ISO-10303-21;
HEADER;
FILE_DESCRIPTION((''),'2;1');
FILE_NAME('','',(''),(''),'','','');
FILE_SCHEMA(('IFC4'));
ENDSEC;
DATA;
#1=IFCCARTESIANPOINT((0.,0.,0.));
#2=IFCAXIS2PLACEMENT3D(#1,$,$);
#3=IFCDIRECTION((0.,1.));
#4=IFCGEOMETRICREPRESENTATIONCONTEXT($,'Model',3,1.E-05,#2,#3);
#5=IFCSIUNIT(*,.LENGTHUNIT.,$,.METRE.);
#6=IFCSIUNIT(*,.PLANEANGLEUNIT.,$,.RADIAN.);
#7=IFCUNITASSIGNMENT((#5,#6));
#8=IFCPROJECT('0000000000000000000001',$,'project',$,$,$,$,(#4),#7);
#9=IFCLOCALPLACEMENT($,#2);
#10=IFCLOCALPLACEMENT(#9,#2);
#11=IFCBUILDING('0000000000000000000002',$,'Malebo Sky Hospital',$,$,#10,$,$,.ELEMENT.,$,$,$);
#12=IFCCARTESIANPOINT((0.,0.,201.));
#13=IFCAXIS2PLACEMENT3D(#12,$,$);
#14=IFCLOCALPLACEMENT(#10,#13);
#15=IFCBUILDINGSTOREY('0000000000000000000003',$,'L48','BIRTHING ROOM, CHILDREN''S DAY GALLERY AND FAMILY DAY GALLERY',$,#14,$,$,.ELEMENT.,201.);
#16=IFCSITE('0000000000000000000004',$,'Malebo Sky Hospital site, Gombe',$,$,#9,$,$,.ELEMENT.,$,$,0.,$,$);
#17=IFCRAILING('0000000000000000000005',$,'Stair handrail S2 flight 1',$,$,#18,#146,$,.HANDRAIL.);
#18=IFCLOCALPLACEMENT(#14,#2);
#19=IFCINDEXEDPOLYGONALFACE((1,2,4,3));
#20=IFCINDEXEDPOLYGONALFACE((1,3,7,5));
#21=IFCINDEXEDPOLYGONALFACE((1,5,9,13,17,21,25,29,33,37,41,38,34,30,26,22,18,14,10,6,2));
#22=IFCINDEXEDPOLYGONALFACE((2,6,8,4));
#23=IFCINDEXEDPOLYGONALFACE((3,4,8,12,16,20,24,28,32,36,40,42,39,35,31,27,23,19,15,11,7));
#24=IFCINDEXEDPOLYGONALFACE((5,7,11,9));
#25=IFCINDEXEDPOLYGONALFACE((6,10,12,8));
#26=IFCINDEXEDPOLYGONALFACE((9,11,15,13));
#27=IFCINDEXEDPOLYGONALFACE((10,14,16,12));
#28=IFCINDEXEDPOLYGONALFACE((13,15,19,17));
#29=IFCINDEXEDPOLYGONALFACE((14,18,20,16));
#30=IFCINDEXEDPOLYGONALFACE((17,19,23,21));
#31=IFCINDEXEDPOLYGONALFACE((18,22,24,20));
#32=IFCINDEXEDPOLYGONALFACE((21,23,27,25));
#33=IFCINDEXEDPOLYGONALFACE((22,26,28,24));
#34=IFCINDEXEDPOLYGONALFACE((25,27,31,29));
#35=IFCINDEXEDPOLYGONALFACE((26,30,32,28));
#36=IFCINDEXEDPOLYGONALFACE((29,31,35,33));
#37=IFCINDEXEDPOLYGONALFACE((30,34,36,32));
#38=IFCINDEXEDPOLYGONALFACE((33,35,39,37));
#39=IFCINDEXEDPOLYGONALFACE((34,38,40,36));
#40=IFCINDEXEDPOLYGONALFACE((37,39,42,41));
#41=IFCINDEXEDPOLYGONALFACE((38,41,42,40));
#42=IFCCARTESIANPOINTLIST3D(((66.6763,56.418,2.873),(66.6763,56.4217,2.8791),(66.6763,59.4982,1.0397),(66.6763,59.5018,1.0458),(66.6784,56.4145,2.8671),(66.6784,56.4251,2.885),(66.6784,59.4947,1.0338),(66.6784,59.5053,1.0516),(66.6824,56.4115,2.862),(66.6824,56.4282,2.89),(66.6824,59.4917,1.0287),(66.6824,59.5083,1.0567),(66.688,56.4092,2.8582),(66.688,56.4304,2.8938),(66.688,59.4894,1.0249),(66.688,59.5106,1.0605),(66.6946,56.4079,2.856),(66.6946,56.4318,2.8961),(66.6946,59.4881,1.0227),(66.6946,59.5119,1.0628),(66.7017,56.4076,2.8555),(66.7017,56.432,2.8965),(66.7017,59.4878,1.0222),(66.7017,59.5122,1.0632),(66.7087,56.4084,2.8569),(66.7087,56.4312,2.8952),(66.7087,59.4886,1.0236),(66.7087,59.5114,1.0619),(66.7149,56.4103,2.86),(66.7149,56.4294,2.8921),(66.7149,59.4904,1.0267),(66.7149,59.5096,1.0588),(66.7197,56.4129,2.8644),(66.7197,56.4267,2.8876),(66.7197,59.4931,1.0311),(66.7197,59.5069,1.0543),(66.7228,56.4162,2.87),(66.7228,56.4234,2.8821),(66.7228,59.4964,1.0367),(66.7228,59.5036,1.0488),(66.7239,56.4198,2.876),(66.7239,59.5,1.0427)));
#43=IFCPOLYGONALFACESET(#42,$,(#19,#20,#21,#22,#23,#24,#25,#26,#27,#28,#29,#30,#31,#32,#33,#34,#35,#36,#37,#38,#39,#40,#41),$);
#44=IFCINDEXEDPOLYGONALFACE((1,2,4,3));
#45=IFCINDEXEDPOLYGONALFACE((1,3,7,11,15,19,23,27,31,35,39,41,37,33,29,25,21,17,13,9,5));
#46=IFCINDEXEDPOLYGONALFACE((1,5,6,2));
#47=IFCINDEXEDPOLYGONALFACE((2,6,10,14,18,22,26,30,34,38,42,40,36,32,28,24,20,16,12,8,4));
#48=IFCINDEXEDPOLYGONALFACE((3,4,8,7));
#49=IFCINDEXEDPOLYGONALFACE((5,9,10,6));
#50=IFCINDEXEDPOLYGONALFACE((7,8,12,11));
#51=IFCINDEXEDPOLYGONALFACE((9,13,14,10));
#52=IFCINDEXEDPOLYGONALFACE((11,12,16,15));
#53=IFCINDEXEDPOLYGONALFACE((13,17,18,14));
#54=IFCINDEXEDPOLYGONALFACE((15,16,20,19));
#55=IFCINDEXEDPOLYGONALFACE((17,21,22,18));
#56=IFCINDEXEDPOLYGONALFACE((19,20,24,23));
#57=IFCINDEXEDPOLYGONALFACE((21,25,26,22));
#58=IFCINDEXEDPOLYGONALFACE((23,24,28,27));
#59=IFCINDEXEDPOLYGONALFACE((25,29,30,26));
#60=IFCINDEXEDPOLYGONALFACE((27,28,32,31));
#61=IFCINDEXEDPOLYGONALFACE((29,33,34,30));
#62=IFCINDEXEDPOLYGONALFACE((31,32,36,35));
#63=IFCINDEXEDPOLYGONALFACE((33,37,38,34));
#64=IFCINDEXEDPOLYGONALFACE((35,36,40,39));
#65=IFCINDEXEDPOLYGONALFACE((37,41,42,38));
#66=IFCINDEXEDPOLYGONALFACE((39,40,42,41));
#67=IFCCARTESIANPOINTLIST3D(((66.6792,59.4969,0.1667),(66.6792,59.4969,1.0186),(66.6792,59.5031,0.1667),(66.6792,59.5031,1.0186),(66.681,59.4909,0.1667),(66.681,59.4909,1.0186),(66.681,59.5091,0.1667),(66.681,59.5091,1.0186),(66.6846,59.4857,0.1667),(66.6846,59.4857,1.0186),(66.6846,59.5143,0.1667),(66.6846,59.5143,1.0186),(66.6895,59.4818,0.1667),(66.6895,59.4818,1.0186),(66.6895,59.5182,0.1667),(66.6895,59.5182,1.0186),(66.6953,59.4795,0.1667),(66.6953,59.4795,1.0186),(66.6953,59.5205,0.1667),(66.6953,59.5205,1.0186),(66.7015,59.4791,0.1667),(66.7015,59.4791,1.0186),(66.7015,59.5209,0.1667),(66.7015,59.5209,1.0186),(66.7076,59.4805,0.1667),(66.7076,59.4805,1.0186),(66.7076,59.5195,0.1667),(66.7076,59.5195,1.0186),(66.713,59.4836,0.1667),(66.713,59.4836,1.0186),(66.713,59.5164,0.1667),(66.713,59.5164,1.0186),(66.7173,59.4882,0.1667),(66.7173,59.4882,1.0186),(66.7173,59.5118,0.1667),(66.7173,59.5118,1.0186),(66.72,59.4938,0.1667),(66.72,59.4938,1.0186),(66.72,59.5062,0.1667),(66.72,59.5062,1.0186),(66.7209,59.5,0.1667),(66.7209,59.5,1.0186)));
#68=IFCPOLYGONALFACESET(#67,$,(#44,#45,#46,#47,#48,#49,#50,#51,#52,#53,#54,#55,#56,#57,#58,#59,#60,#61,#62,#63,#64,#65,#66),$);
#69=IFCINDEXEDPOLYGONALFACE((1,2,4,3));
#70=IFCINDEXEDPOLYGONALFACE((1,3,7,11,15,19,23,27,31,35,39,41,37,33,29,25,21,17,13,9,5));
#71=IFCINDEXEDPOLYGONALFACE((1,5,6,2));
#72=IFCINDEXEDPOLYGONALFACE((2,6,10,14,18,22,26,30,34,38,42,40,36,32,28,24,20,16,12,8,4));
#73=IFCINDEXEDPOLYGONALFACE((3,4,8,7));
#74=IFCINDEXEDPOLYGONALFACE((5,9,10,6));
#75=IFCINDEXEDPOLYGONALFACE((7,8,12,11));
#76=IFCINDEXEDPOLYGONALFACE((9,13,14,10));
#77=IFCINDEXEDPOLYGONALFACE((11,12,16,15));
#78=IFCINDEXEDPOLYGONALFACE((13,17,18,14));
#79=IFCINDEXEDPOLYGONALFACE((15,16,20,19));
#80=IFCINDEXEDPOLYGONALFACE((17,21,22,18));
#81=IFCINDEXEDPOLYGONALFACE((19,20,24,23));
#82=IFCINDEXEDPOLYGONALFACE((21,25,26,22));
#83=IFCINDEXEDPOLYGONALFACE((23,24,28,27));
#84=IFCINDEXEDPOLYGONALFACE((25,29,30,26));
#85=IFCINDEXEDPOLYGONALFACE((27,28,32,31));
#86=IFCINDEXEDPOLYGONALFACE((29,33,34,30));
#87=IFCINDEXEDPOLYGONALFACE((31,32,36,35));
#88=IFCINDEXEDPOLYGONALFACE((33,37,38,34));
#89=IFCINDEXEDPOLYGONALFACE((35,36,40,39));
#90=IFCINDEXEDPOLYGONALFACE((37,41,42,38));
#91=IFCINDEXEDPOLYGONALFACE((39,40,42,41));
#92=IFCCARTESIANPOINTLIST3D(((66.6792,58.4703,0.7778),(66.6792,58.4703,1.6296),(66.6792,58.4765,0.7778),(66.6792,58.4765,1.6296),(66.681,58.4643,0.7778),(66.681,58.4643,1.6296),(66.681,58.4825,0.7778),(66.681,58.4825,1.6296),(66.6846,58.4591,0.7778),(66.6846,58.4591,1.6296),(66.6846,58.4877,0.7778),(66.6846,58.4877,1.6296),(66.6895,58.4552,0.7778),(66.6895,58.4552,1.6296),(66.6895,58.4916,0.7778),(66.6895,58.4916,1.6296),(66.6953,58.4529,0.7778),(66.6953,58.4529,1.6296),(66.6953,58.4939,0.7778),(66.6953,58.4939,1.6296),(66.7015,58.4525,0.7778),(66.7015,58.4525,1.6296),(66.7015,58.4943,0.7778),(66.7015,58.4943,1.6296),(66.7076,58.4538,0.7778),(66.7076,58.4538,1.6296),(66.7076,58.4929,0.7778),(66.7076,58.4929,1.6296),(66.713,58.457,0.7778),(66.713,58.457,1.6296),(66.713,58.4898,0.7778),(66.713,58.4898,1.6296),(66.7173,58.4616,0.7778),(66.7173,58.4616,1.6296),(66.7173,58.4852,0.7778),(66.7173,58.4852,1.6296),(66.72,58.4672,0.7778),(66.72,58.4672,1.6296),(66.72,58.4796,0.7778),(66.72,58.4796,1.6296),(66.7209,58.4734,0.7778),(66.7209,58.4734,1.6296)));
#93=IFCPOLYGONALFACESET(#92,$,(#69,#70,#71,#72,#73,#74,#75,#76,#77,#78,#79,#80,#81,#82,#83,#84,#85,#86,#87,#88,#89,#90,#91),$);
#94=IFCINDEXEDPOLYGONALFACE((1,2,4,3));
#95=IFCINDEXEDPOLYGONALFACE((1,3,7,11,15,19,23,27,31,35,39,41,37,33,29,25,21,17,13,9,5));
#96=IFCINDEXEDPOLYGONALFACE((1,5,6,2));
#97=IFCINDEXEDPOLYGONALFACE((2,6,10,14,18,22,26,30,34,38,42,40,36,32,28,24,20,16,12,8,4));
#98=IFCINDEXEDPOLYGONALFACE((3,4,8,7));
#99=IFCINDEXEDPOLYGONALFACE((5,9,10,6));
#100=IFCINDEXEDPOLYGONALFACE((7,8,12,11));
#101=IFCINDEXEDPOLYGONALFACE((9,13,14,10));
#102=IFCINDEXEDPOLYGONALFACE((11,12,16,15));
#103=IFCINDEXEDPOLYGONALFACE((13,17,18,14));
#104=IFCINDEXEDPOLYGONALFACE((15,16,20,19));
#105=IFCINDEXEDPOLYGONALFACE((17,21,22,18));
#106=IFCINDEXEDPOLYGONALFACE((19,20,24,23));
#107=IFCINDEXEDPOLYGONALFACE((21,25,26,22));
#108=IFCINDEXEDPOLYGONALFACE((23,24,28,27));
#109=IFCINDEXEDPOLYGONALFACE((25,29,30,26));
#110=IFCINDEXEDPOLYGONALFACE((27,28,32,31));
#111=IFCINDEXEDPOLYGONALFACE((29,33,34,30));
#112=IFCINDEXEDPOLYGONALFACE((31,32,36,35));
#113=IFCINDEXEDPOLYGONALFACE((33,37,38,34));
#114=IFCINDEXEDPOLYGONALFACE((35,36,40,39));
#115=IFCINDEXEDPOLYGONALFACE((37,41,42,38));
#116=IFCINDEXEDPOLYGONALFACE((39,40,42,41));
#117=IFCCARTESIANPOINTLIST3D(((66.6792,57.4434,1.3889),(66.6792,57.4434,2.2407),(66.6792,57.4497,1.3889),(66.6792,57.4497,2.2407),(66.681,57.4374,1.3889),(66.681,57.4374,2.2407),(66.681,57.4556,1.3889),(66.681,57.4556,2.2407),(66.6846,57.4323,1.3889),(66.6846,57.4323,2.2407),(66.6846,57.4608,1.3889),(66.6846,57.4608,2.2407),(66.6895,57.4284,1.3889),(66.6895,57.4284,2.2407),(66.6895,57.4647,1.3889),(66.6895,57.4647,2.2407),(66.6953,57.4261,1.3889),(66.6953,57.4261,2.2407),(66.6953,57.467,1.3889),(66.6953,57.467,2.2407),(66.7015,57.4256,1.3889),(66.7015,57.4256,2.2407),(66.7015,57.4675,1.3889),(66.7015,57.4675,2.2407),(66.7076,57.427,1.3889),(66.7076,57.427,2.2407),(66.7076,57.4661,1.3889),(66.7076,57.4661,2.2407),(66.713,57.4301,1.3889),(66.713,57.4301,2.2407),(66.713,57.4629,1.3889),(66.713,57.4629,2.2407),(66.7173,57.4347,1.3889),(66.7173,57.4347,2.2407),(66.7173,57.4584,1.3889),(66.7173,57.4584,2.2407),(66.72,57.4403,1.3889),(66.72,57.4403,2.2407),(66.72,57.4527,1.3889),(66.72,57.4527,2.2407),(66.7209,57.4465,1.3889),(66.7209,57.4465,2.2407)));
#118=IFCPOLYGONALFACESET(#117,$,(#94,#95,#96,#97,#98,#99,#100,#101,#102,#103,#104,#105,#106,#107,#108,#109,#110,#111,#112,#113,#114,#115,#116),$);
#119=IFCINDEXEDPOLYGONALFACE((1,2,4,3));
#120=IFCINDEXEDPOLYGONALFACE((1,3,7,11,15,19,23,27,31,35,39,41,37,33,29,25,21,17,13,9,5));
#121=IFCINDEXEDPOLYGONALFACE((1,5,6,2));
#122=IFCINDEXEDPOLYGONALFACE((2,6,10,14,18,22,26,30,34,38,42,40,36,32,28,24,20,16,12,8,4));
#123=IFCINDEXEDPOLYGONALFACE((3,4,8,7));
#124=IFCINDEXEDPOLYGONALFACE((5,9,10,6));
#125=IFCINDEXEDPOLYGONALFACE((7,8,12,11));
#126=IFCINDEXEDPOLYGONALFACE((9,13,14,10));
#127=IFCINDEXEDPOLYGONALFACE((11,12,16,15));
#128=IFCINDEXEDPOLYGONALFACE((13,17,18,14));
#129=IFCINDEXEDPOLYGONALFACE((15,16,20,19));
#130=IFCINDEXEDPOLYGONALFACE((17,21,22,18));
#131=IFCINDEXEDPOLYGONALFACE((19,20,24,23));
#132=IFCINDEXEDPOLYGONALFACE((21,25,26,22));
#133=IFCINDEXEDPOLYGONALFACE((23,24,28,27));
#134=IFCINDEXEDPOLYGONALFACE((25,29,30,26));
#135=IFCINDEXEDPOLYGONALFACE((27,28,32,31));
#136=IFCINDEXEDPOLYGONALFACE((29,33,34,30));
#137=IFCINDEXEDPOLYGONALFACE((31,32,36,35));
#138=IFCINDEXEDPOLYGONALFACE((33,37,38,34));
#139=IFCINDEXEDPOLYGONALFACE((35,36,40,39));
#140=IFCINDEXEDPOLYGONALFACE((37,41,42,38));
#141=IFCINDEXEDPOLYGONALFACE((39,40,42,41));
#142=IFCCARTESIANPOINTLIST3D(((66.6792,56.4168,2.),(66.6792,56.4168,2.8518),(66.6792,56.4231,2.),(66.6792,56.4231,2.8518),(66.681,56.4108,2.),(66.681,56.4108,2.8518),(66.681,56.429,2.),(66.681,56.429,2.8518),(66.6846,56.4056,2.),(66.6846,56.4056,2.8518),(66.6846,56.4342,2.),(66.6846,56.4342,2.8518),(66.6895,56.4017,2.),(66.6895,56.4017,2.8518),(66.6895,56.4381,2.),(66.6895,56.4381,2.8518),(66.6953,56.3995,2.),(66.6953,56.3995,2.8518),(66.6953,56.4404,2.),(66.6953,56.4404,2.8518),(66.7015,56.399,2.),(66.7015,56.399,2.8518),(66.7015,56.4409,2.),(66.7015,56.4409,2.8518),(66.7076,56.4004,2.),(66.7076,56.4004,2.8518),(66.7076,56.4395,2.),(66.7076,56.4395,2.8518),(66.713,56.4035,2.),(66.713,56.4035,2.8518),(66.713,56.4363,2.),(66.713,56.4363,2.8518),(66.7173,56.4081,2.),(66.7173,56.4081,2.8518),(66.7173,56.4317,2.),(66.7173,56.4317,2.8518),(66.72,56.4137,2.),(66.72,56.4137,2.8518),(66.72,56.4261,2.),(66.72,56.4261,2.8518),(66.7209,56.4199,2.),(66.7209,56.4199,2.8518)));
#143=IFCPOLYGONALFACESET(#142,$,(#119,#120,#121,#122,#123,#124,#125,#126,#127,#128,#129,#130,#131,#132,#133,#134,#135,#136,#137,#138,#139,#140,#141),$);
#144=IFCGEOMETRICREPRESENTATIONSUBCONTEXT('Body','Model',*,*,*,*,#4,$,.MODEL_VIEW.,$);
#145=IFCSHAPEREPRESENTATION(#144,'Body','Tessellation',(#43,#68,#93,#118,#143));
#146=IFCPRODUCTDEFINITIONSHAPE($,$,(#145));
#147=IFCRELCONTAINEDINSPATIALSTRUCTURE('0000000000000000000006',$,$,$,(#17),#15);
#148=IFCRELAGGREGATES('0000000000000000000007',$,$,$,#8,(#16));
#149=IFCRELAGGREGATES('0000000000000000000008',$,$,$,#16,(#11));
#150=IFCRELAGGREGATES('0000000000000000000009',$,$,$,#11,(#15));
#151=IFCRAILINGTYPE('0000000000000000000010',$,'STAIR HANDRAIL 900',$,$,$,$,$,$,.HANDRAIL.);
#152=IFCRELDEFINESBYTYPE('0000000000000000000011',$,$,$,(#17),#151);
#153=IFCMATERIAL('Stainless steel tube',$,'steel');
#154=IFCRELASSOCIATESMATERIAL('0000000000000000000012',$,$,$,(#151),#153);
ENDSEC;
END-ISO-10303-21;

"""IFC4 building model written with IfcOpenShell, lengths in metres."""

from ifc_helpers import new_model, si_unit, direction, frame, origin, origin_2d, place, context, subcontext, project, spatial, circle, extrude, material, type_object, element, save


model = new_model("IFC4")

# Units and contexts
model_context = context("Model", 3, precision=1e-05, world=origin(), true_north=direction((0.0, 1.0)))
body_context = subcontext(model_context, "Body", "Model", "MODEL_VIEW")
ifc_project = project(units=[si_unit("LENGTHUNIT", "METRE"), si_unit("PLANEANGLEUNIT", "RADIAN")], contexts=[model_context])

# Site, building, storey
site_placement = place(None, origin())
site = spatial("IfcSite", under=ifc_project, at=site_placement, Name="Malebo Sky Hospital site, Gombe", CompositionType="ELEMENT", RefElevation=0.0)
building_placement = place(site_placement, origin())
building = spatial("IfcBuilding", under=site, at=building_placement, Name="Malebo Sky Hospital", CompositionType="ELEMENT")
storey_placement = place(building_placement, frame((0.0, 0.0, 201.0)))
storey = spatial("IfcBuildingStorey", under=building, at=storey_placement, Name="L48", Description="BIRTHING ROOM, CHILDREN'S DAY GALLERY AND FAMILY DAY GALLERY", CompositionType="ELEMENT", Elevation=201.0)

# Railing
ifc_material_1 = material(Name="Stainless steel tube", Category="steel")
railing_type = type_object("IfcRailingType", Name="STAIR HANDRAIL 900", PredefinedType="HANDRAIL", material=ifc_material_1)
railing_1_placement = place(storey_placement, frame((66.7, 59.5, 0.1667)))
element("IfcRailing", 1, at=railing_1_placement, inside=storey, type_object=railing_type, Name="Stair handrail S2 flight 1", PredefinedType="HANDRAIL", context=body_context, shape_type="SweptSolid", body=[
    extrude(circle(Radius=0.0239, at=origin_2d()), frame((0.0, 0.0, 0.876), z_axis=(0.0, -0.859309, 0.511458), x_axis=(1.0, 0.0, 0.0)), (0.0, 0.0, 1.0), 3.5845),
    extrude(circle(Radius=0.021, at=origin_2d()), origin(), (0.0, 0.0, 1.0), 0.8518),
    extrude(circle(Radius=0.021, at=origin_2d()), frame((0.0, -1.0266, 0.6111)), (0.0, 0.0, 1.0), 0.8518),
    extrude(circle(Radius=0.021, at=origin_2d()), frame((0.0, -2.0535, 1.2222)), (0.0, 0.0, 1.0), 0.8518),
    extrude(circle(Radius=0.021, at=origin_2d()), frame((0.0, -3.0801, 1.8333)), (0.0, 0.0, 1.0), 0.8518),
])

save(model, "model.ifc")
